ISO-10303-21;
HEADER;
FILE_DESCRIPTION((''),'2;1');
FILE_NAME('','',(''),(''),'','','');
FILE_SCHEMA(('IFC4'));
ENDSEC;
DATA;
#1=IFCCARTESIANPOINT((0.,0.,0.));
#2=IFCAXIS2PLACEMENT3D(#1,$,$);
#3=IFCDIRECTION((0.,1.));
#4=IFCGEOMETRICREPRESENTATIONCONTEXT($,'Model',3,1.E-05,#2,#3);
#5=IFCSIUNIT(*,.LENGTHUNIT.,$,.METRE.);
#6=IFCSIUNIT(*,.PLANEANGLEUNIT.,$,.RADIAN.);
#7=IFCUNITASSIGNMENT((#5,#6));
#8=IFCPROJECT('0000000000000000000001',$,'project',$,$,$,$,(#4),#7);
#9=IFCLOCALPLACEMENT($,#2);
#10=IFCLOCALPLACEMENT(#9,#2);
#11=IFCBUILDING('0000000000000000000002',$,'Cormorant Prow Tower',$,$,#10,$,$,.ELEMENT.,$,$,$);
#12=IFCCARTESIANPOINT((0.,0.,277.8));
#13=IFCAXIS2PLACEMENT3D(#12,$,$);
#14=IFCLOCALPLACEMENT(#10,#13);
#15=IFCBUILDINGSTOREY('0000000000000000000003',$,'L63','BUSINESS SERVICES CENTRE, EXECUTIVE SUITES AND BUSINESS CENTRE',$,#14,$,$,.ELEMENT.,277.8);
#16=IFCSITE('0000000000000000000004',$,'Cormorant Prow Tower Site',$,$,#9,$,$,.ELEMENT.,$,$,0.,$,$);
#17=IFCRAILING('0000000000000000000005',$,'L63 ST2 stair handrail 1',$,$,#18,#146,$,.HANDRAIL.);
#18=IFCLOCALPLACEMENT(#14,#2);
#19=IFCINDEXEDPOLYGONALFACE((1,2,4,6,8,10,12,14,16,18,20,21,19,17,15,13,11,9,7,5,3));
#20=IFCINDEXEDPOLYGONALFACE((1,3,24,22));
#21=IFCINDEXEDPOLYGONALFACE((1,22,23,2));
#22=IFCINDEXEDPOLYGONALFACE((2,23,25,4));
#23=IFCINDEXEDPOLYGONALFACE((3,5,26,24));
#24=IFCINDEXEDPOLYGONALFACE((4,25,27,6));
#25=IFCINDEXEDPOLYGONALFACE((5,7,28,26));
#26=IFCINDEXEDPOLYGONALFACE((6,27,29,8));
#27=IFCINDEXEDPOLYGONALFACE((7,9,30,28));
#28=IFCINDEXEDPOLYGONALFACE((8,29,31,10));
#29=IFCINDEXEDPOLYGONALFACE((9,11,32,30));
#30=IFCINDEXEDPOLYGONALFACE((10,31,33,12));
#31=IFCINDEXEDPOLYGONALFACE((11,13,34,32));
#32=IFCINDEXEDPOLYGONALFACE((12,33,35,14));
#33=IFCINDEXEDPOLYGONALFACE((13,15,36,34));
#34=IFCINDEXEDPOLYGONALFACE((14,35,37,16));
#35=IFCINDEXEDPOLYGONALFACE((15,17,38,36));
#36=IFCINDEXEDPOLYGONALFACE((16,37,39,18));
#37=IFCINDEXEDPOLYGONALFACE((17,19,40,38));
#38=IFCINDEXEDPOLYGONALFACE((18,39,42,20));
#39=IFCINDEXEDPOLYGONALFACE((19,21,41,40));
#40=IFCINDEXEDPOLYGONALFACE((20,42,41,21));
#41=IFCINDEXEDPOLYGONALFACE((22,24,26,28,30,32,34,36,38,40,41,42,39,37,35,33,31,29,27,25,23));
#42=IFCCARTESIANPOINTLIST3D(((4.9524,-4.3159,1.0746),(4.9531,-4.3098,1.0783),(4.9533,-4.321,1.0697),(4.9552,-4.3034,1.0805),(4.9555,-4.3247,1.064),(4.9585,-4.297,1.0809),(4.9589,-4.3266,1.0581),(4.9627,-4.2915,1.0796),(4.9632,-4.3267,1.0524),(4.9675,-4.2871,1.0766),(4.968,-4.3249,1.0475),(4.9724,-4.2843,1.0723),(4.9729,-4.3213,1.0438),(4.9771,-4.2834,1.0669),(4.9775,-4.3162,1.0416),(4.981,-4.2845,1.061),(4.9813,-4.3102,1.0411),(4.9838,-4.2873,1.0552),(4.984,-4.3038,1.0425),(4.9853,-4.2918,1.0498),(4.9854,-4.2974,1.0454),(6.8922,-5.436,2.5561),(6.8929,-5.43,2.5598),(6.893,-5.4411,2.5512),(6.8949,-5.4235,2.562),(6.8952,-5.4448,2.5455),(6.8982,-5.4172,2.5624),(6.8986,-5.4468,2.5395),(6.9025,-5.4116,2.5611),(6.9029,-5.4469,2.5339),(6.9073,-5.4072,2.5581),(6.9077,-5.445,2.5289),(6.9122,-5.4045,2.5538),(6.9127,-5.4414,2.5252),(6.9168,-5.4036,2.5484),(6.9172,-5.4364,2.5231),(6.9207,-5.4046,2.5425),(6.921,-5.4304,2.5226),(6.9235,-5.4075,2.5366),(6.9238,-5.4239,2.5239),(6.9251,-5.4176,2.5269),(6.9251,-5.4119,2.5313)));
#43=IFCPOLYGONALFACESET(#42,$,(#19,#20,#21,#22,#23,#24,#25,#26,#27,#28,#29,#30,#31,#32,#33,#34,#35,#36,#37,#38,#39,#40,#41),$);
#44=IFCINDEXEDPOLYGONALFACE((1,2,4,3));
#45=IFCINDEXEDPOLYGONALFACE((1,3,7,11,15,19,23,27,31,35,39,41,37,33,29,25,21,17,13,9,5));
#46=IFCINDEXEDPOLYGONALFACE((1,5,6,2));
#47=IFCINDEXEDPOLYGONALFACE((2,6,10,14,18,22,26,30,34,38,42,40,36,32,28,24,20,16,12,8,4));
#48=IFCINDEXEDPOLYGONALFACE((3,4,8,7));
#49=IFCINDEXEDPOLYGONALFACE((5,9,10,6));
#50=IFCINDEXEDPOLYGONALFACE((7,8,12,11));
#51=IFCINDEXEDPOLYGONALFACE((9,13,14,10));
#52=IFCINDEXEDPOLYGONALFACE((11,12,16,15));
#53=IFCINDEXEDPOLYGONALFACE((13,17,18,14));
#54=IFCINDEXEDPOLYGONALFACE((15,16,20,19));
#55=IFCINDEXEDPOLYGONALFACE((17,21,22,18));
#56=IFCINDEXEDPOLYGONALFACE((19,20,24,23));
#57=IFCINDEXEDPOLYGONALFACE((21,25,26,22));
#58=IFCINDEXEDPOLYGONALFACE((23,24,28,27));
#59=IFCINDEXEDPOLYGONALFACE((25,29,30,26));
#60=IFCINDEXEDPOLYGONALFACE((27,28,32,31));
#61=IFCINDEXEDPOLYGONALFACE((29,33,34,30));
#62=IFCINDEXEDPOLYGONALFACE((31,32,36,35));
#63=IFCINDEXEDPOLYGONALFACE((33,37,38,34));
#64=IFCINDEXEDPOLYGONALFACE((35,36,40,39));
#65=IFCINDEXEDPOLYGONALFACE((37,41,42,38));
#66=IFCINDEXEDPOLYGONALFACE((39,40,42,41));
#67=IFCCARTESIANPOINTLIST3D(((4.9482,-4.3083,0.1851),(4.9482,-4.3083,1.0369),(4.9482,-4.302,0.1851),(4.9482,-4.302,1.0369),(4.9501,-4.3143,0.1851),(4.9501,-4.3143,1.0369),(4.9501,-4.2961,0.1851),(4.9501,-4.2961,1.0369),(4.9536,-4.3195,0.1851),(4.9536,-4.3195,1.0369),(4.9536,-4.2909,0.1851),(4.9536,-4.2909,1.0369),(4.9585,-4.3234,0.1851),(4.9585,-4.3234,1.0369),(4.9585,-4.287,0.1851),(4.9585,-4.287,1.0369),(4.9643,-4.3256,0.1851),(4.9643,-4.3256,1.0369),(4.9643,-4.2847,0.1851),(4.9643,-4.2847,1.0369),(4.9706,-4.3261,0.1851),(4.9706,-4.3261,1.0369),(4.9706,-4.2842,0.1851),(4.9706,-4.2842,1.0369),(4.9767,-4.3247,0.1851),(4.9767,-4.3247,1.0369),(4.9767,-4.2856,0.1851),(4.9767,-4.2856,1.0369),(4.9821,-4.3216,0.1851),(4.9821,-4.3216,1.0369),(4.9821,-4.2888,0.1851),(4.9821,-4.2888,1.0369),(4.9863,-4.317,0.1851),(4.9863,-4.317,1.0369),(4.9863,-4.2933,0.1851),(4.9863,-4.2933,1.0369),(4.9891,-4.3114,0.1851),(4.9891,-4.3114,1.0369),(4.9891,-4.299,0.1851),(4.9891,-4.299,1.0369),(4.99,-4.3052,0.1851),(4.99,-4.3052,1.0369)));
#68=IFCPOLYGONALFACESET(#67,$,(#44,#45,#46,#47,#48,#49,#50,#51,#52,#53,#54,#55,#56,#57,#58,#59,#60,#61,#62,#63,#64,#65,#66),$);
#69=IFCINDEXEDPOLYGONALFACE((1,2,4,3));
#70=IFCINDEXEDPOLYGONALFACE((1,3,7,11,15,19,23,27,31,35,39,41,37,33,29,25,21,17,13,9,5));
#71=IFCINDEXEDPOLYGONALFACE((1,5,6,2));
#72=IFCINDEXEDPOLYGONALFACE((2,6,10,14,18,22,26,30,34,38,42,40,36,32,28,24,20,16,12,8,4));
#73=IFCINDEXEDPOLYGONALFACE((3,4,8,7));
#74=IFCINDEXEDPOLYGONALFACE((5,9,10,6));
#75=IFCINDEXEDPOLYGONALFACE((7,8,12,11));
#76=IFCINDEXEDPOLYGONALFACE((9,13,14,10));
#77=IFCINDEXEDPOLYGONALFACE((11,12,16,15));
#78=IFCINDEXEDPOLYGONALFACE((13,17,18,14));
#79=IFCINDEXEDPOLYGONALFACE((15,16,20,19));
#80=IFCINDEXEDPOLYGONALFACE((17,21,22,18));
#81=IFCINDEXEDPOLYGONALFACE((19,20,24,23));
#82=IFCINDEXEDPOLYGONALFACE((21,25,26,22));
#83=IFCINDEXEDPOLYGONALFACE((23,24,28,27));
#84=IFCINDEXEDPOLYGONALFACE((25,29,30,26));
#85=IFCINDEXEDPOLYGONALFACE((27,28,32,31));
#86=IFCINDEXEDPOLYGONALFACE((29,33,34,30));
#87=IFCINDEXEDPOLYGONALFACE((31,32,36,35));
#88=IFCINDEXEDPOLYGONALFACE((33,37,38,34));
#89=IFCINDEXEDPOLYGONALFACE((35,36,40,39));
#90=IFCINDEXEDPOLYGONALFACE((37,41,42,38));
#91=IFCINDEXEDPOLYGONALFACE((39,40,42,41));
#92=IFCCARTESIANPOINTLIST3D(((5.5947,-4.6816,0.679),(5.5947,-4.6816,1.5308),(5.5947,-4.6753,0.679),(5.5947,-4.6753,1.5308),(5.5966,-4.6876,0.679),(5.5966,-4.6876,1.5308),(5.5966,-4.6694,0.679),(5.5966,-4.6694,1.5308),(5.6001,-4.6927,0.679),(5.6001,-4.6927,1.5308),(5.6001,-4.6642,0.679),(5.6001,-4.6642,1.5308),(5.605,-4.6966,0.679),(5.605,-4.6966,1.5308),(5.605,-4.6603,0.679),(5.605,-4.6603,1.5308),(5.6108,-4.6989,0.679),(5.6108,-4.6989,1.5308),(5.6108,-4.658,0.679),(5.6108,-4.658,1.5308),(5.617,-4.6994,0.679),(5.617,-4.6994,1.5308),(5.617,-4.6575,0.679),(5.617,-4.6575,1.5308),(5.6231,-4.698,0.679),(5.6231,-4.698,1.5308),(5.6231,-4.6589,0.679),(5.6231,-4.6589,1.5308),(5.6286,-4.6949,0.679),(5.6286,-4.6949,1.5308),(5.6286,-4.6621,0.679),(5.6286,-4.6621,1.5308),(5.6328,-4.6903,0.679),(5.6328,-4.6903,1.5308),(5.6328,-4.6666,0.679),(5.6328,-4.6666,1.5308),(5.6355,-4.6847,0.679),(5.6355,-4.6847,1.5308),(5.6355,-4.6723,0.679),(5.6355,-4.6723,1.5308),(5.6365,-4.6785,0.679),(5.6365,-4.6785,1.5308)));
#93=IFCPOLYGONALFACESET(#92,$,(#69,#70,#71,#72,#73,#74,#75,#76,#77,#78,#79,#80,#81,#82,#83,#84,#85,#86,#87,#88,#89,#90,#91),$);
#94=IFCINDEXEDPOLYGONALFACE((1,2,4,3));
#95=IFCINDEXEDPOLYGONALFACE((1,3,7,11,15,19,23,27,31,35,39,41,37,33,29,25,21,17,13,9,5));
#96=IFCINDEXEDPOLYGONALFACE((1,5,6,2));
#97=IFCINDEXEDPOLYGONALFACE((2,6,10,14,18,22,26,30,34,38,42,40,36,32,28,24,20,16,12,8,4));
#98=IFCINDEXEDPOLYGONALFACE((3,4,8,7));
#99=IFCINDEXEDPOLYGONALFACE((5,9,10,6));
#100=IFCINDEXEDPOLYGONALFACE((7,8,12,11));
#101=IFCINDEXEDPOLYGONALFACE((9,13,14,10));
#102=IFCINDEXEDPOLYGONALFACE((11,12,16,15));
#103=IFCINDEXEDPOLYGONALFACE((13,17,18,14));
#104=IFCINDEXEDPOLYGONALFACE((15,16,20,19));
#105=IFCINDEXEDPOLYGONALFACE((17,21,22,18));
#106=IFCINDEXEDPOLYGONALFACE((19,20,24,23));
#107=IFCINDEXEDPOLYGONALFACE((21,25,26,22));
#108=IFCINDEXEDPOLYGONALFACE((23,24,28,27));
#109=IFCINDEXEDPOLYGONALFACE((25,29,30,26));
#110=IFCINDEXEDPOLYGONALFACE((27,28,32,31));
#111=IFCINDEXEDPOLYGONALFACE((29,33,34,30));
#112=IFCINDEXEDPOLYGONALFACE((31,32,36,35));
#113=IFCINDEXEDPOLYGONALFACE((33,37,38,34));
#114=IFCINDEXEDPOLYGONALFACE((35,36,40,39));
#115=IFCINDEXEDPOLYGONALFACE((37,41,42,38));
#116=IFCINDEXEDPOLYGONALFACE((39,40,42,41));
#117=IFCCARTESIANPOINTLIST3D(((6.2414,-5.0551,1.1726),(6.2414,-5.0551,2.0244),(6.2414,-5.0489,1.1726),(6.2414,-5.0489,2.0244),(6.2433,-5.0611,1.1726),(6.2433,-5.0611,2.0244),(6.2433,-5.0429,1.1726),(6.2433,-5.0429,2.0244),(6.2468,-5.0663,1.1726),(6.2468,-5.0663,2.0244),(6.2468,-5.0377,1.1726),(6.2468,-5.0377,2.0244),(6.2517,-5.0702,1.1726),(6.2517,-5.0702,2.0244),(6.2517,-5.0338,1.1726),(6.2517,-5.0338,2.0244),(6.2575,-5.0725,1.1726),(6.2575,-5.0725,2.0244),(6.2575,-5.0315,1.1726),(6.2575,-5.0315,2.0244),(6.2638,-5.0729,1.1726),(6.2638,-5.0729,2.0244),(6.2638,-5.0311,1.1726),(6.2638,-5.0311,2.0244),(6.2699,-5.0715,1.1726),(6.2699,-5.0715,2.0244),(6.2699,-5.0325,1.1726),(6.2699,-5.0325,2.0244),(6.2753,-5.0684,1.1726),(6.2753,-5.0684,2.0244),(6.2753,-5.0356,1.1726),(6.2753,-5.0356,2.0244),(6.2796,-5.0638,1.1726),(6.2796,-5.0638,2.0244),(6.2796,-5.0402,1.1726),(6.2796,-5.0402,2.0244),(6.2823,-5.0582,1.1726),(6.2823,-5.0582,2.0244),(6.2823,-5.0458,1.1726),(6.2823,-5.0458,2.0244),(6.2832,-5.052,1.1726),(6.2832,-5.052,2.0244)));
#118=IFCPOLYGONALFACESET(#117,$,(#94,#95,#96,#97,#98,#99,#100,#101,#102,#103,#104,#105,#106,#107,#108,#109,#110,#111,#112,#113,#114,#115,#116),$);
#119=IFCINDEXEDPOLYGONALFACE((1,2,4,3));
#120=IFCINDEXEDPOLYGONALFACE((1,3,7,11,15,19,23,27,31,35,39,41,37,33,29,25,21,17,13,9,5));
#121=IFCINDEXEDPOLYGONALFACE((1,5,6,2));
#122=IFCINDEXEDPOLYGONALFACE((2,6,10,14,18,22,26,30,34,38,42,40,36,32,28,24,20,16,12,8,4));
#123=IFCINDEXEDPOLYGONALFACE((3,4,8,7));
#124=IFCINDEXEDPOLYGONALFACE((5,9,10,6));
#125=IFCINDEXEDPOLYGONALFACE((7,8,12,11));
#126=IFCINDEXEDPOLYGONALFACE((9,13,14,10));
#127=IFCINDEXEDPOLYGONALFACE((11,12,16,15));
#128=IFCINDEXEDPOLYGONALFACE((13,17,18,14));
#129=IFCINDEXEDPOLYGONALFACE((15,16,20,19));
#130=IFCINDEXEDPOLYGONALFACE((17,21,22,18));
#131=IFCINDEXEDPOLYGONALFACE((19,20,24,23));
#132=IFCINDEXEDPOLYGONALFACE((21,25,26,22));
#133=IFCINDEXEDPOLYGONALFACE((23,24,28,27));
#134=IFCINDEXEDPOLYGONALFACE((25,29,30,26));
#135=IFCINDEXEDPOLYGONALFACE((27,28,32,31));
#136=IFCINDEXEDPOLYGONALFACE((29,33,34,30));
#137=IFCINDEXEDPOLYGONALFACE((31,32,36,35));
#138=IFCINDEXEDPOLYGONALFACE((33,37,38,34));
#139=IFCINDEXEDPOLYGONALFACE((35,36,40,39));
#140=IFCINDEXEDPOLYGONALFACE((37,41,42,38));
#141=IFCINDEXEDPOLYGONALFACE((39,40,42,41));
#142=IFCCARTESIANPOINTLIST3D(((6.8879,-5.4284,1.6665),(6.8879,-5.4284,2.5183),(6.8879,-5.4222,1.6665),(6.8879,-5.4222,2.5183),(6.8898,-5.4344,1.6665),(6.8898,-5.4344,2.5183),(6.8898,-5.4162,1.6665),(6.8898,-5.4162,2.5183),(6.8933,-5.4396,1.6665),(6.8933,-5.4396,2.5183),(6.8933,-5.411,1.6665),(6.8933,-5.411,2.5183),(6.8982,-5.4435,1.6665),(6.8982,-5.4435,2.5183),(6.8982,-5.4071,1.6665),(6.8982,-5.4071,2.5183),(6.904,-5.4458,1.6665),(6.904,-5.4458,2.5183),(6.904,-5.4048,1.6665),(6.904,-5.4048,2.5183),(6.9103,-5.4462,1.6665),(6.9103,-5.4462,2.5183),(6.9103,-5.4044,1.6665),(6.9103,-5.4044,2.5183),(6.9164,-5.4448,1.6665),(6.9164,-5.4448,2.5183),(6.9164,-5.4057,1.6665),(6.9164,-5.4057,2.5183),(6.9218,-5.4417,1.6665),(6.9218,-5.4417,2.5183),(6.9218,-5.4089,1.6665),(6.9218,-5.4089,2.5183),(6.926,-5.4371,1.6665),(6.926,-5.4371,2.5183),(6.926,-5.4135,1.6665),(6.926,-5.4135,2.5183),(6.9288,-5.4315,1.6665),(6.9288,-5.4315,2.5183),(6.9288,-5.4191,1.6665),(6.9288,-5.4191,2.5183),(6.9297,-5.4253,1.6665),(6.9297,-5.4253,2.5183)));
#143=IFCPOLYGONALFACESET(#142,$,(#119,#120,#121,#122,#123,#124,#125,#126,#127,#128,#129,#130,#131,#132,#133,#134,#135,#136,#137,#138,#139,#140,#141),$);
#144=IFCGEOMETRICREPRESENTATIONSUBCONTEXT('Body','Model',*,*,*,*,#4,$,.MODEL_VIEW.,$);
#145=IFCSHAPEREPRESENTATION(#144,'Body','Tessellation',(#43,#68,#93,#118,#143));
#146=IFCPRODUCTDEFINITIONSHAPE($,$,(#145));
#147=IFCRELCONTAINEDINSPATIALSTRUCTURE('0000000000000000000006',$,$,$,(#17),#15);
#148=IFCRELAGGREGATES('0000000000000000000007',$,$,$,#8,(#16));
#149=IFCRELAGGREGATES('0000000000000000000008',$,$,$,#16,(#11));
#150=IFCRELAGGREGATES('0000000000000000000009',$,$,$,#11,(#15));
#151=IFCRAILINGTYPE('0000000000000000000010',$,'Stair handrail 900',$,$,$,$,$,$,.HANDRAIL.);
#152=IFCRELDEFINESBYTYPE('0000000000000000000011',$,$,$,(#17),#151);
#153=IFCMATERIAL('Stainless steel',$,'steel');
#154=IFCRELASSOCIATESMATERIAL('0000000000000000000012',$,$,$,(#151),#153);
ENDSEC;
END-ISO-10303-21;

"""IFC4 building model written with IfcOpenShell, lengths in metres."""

from ifc_helpers import new_model, si_unit, direction, frame, origin, origin_2d, place, context, subcontext, project, spatial, circle, extrude, material, type_object, element, save


model = new_model("IFC4")

# Units and contexts
model_context = context("Model", 3, precision=1e-05, world=origin(), true_north=direction((0.0, 1.0)))
body_context = subcontext(model_context, "Body", "Model", "MODEL_VIEW")
ifc_project = project(units=[si_unit("LENGTHUNIT", "METRE"), si_unit("PLANEANGLEUNIT", "RADIAN")], contexts=[model_context])

# Site, building, storey
site_placement = place(None, origin())
site = spatial("IfcSite", under=ifc_project, at=site_placement, Name="Cormorant Prow Tower Site", CompositionType="ELEMENT", RefElevation=0.0)
building_placement = place(site_placement, origin())
building = spatial("IfcBuilding", under=site, at=building_placement, Name="Cormorant Prow Tower", CompositionType="ELEMENT")
storey_placement = place(building_placement, frame((0.0, 0.0, 277.8)))
storey = spatial("IfcBuildingStorey", under=building, at=storey_placement, Name="L63", Description="BUSINESS SERVICES CENTRE, EXECUTIVE SUITES AND BUSINESS CENTRE", CompositionType="ELEMENT", Elevation=277.8)

# Railing
ifc_material_1 = material(Name="Stainless steel", Category="steel")
railing_type = type_object("IfcRailingType", Name="Stair handrail 900", PredefinedType="HANDRAIL", material=ifc_material_1)
railing_1_placement = place(storey_placement, frame((4.969, -4.3052, 0.1851)))
element("IfcRailing", 1, at=railing_1_placement, inside=storey, type_object=railing_type, Name="L63 ST2 stair handrail 1", PredefinedType="HANDRAIL", context=body_context, shape_type="SweptSolid", body=[
    extrude(circle(Radius=0.0239, at=origin_2d()), frame((0.0, 0.0, 0.876), z_axis=(0.722292, -0.417102, 0.551651), x_axis=(0.500078, 0.86598, 0.0)), (0.0, 0.0, 1.0), 2.6855),
    extrude(circle(Radius=0.021, at=origin_2d()), origin(), (0.0, 0.0, 1.0), 0.8518),
    extrude(circle(Radius=0.021, at=origin_2d()), frame((0.6465, -0.3733, 0.4939)), (0.0, 0.0, 1.0), 0.8518),
    extrude(circle(Radius=0.021, at=origin_2d()), frame((1.2932, -0.7468, 0.9875)), (0.0, 0.0, 1.0), 0.8518),
    extrude(circle(Radius=0.021, at=origin_2d()), frame((1.9397, -1.1201, 1.4814)), (0.0, 0.0, 1.0), 0.8518),
])

save(model, "model.ifc")
